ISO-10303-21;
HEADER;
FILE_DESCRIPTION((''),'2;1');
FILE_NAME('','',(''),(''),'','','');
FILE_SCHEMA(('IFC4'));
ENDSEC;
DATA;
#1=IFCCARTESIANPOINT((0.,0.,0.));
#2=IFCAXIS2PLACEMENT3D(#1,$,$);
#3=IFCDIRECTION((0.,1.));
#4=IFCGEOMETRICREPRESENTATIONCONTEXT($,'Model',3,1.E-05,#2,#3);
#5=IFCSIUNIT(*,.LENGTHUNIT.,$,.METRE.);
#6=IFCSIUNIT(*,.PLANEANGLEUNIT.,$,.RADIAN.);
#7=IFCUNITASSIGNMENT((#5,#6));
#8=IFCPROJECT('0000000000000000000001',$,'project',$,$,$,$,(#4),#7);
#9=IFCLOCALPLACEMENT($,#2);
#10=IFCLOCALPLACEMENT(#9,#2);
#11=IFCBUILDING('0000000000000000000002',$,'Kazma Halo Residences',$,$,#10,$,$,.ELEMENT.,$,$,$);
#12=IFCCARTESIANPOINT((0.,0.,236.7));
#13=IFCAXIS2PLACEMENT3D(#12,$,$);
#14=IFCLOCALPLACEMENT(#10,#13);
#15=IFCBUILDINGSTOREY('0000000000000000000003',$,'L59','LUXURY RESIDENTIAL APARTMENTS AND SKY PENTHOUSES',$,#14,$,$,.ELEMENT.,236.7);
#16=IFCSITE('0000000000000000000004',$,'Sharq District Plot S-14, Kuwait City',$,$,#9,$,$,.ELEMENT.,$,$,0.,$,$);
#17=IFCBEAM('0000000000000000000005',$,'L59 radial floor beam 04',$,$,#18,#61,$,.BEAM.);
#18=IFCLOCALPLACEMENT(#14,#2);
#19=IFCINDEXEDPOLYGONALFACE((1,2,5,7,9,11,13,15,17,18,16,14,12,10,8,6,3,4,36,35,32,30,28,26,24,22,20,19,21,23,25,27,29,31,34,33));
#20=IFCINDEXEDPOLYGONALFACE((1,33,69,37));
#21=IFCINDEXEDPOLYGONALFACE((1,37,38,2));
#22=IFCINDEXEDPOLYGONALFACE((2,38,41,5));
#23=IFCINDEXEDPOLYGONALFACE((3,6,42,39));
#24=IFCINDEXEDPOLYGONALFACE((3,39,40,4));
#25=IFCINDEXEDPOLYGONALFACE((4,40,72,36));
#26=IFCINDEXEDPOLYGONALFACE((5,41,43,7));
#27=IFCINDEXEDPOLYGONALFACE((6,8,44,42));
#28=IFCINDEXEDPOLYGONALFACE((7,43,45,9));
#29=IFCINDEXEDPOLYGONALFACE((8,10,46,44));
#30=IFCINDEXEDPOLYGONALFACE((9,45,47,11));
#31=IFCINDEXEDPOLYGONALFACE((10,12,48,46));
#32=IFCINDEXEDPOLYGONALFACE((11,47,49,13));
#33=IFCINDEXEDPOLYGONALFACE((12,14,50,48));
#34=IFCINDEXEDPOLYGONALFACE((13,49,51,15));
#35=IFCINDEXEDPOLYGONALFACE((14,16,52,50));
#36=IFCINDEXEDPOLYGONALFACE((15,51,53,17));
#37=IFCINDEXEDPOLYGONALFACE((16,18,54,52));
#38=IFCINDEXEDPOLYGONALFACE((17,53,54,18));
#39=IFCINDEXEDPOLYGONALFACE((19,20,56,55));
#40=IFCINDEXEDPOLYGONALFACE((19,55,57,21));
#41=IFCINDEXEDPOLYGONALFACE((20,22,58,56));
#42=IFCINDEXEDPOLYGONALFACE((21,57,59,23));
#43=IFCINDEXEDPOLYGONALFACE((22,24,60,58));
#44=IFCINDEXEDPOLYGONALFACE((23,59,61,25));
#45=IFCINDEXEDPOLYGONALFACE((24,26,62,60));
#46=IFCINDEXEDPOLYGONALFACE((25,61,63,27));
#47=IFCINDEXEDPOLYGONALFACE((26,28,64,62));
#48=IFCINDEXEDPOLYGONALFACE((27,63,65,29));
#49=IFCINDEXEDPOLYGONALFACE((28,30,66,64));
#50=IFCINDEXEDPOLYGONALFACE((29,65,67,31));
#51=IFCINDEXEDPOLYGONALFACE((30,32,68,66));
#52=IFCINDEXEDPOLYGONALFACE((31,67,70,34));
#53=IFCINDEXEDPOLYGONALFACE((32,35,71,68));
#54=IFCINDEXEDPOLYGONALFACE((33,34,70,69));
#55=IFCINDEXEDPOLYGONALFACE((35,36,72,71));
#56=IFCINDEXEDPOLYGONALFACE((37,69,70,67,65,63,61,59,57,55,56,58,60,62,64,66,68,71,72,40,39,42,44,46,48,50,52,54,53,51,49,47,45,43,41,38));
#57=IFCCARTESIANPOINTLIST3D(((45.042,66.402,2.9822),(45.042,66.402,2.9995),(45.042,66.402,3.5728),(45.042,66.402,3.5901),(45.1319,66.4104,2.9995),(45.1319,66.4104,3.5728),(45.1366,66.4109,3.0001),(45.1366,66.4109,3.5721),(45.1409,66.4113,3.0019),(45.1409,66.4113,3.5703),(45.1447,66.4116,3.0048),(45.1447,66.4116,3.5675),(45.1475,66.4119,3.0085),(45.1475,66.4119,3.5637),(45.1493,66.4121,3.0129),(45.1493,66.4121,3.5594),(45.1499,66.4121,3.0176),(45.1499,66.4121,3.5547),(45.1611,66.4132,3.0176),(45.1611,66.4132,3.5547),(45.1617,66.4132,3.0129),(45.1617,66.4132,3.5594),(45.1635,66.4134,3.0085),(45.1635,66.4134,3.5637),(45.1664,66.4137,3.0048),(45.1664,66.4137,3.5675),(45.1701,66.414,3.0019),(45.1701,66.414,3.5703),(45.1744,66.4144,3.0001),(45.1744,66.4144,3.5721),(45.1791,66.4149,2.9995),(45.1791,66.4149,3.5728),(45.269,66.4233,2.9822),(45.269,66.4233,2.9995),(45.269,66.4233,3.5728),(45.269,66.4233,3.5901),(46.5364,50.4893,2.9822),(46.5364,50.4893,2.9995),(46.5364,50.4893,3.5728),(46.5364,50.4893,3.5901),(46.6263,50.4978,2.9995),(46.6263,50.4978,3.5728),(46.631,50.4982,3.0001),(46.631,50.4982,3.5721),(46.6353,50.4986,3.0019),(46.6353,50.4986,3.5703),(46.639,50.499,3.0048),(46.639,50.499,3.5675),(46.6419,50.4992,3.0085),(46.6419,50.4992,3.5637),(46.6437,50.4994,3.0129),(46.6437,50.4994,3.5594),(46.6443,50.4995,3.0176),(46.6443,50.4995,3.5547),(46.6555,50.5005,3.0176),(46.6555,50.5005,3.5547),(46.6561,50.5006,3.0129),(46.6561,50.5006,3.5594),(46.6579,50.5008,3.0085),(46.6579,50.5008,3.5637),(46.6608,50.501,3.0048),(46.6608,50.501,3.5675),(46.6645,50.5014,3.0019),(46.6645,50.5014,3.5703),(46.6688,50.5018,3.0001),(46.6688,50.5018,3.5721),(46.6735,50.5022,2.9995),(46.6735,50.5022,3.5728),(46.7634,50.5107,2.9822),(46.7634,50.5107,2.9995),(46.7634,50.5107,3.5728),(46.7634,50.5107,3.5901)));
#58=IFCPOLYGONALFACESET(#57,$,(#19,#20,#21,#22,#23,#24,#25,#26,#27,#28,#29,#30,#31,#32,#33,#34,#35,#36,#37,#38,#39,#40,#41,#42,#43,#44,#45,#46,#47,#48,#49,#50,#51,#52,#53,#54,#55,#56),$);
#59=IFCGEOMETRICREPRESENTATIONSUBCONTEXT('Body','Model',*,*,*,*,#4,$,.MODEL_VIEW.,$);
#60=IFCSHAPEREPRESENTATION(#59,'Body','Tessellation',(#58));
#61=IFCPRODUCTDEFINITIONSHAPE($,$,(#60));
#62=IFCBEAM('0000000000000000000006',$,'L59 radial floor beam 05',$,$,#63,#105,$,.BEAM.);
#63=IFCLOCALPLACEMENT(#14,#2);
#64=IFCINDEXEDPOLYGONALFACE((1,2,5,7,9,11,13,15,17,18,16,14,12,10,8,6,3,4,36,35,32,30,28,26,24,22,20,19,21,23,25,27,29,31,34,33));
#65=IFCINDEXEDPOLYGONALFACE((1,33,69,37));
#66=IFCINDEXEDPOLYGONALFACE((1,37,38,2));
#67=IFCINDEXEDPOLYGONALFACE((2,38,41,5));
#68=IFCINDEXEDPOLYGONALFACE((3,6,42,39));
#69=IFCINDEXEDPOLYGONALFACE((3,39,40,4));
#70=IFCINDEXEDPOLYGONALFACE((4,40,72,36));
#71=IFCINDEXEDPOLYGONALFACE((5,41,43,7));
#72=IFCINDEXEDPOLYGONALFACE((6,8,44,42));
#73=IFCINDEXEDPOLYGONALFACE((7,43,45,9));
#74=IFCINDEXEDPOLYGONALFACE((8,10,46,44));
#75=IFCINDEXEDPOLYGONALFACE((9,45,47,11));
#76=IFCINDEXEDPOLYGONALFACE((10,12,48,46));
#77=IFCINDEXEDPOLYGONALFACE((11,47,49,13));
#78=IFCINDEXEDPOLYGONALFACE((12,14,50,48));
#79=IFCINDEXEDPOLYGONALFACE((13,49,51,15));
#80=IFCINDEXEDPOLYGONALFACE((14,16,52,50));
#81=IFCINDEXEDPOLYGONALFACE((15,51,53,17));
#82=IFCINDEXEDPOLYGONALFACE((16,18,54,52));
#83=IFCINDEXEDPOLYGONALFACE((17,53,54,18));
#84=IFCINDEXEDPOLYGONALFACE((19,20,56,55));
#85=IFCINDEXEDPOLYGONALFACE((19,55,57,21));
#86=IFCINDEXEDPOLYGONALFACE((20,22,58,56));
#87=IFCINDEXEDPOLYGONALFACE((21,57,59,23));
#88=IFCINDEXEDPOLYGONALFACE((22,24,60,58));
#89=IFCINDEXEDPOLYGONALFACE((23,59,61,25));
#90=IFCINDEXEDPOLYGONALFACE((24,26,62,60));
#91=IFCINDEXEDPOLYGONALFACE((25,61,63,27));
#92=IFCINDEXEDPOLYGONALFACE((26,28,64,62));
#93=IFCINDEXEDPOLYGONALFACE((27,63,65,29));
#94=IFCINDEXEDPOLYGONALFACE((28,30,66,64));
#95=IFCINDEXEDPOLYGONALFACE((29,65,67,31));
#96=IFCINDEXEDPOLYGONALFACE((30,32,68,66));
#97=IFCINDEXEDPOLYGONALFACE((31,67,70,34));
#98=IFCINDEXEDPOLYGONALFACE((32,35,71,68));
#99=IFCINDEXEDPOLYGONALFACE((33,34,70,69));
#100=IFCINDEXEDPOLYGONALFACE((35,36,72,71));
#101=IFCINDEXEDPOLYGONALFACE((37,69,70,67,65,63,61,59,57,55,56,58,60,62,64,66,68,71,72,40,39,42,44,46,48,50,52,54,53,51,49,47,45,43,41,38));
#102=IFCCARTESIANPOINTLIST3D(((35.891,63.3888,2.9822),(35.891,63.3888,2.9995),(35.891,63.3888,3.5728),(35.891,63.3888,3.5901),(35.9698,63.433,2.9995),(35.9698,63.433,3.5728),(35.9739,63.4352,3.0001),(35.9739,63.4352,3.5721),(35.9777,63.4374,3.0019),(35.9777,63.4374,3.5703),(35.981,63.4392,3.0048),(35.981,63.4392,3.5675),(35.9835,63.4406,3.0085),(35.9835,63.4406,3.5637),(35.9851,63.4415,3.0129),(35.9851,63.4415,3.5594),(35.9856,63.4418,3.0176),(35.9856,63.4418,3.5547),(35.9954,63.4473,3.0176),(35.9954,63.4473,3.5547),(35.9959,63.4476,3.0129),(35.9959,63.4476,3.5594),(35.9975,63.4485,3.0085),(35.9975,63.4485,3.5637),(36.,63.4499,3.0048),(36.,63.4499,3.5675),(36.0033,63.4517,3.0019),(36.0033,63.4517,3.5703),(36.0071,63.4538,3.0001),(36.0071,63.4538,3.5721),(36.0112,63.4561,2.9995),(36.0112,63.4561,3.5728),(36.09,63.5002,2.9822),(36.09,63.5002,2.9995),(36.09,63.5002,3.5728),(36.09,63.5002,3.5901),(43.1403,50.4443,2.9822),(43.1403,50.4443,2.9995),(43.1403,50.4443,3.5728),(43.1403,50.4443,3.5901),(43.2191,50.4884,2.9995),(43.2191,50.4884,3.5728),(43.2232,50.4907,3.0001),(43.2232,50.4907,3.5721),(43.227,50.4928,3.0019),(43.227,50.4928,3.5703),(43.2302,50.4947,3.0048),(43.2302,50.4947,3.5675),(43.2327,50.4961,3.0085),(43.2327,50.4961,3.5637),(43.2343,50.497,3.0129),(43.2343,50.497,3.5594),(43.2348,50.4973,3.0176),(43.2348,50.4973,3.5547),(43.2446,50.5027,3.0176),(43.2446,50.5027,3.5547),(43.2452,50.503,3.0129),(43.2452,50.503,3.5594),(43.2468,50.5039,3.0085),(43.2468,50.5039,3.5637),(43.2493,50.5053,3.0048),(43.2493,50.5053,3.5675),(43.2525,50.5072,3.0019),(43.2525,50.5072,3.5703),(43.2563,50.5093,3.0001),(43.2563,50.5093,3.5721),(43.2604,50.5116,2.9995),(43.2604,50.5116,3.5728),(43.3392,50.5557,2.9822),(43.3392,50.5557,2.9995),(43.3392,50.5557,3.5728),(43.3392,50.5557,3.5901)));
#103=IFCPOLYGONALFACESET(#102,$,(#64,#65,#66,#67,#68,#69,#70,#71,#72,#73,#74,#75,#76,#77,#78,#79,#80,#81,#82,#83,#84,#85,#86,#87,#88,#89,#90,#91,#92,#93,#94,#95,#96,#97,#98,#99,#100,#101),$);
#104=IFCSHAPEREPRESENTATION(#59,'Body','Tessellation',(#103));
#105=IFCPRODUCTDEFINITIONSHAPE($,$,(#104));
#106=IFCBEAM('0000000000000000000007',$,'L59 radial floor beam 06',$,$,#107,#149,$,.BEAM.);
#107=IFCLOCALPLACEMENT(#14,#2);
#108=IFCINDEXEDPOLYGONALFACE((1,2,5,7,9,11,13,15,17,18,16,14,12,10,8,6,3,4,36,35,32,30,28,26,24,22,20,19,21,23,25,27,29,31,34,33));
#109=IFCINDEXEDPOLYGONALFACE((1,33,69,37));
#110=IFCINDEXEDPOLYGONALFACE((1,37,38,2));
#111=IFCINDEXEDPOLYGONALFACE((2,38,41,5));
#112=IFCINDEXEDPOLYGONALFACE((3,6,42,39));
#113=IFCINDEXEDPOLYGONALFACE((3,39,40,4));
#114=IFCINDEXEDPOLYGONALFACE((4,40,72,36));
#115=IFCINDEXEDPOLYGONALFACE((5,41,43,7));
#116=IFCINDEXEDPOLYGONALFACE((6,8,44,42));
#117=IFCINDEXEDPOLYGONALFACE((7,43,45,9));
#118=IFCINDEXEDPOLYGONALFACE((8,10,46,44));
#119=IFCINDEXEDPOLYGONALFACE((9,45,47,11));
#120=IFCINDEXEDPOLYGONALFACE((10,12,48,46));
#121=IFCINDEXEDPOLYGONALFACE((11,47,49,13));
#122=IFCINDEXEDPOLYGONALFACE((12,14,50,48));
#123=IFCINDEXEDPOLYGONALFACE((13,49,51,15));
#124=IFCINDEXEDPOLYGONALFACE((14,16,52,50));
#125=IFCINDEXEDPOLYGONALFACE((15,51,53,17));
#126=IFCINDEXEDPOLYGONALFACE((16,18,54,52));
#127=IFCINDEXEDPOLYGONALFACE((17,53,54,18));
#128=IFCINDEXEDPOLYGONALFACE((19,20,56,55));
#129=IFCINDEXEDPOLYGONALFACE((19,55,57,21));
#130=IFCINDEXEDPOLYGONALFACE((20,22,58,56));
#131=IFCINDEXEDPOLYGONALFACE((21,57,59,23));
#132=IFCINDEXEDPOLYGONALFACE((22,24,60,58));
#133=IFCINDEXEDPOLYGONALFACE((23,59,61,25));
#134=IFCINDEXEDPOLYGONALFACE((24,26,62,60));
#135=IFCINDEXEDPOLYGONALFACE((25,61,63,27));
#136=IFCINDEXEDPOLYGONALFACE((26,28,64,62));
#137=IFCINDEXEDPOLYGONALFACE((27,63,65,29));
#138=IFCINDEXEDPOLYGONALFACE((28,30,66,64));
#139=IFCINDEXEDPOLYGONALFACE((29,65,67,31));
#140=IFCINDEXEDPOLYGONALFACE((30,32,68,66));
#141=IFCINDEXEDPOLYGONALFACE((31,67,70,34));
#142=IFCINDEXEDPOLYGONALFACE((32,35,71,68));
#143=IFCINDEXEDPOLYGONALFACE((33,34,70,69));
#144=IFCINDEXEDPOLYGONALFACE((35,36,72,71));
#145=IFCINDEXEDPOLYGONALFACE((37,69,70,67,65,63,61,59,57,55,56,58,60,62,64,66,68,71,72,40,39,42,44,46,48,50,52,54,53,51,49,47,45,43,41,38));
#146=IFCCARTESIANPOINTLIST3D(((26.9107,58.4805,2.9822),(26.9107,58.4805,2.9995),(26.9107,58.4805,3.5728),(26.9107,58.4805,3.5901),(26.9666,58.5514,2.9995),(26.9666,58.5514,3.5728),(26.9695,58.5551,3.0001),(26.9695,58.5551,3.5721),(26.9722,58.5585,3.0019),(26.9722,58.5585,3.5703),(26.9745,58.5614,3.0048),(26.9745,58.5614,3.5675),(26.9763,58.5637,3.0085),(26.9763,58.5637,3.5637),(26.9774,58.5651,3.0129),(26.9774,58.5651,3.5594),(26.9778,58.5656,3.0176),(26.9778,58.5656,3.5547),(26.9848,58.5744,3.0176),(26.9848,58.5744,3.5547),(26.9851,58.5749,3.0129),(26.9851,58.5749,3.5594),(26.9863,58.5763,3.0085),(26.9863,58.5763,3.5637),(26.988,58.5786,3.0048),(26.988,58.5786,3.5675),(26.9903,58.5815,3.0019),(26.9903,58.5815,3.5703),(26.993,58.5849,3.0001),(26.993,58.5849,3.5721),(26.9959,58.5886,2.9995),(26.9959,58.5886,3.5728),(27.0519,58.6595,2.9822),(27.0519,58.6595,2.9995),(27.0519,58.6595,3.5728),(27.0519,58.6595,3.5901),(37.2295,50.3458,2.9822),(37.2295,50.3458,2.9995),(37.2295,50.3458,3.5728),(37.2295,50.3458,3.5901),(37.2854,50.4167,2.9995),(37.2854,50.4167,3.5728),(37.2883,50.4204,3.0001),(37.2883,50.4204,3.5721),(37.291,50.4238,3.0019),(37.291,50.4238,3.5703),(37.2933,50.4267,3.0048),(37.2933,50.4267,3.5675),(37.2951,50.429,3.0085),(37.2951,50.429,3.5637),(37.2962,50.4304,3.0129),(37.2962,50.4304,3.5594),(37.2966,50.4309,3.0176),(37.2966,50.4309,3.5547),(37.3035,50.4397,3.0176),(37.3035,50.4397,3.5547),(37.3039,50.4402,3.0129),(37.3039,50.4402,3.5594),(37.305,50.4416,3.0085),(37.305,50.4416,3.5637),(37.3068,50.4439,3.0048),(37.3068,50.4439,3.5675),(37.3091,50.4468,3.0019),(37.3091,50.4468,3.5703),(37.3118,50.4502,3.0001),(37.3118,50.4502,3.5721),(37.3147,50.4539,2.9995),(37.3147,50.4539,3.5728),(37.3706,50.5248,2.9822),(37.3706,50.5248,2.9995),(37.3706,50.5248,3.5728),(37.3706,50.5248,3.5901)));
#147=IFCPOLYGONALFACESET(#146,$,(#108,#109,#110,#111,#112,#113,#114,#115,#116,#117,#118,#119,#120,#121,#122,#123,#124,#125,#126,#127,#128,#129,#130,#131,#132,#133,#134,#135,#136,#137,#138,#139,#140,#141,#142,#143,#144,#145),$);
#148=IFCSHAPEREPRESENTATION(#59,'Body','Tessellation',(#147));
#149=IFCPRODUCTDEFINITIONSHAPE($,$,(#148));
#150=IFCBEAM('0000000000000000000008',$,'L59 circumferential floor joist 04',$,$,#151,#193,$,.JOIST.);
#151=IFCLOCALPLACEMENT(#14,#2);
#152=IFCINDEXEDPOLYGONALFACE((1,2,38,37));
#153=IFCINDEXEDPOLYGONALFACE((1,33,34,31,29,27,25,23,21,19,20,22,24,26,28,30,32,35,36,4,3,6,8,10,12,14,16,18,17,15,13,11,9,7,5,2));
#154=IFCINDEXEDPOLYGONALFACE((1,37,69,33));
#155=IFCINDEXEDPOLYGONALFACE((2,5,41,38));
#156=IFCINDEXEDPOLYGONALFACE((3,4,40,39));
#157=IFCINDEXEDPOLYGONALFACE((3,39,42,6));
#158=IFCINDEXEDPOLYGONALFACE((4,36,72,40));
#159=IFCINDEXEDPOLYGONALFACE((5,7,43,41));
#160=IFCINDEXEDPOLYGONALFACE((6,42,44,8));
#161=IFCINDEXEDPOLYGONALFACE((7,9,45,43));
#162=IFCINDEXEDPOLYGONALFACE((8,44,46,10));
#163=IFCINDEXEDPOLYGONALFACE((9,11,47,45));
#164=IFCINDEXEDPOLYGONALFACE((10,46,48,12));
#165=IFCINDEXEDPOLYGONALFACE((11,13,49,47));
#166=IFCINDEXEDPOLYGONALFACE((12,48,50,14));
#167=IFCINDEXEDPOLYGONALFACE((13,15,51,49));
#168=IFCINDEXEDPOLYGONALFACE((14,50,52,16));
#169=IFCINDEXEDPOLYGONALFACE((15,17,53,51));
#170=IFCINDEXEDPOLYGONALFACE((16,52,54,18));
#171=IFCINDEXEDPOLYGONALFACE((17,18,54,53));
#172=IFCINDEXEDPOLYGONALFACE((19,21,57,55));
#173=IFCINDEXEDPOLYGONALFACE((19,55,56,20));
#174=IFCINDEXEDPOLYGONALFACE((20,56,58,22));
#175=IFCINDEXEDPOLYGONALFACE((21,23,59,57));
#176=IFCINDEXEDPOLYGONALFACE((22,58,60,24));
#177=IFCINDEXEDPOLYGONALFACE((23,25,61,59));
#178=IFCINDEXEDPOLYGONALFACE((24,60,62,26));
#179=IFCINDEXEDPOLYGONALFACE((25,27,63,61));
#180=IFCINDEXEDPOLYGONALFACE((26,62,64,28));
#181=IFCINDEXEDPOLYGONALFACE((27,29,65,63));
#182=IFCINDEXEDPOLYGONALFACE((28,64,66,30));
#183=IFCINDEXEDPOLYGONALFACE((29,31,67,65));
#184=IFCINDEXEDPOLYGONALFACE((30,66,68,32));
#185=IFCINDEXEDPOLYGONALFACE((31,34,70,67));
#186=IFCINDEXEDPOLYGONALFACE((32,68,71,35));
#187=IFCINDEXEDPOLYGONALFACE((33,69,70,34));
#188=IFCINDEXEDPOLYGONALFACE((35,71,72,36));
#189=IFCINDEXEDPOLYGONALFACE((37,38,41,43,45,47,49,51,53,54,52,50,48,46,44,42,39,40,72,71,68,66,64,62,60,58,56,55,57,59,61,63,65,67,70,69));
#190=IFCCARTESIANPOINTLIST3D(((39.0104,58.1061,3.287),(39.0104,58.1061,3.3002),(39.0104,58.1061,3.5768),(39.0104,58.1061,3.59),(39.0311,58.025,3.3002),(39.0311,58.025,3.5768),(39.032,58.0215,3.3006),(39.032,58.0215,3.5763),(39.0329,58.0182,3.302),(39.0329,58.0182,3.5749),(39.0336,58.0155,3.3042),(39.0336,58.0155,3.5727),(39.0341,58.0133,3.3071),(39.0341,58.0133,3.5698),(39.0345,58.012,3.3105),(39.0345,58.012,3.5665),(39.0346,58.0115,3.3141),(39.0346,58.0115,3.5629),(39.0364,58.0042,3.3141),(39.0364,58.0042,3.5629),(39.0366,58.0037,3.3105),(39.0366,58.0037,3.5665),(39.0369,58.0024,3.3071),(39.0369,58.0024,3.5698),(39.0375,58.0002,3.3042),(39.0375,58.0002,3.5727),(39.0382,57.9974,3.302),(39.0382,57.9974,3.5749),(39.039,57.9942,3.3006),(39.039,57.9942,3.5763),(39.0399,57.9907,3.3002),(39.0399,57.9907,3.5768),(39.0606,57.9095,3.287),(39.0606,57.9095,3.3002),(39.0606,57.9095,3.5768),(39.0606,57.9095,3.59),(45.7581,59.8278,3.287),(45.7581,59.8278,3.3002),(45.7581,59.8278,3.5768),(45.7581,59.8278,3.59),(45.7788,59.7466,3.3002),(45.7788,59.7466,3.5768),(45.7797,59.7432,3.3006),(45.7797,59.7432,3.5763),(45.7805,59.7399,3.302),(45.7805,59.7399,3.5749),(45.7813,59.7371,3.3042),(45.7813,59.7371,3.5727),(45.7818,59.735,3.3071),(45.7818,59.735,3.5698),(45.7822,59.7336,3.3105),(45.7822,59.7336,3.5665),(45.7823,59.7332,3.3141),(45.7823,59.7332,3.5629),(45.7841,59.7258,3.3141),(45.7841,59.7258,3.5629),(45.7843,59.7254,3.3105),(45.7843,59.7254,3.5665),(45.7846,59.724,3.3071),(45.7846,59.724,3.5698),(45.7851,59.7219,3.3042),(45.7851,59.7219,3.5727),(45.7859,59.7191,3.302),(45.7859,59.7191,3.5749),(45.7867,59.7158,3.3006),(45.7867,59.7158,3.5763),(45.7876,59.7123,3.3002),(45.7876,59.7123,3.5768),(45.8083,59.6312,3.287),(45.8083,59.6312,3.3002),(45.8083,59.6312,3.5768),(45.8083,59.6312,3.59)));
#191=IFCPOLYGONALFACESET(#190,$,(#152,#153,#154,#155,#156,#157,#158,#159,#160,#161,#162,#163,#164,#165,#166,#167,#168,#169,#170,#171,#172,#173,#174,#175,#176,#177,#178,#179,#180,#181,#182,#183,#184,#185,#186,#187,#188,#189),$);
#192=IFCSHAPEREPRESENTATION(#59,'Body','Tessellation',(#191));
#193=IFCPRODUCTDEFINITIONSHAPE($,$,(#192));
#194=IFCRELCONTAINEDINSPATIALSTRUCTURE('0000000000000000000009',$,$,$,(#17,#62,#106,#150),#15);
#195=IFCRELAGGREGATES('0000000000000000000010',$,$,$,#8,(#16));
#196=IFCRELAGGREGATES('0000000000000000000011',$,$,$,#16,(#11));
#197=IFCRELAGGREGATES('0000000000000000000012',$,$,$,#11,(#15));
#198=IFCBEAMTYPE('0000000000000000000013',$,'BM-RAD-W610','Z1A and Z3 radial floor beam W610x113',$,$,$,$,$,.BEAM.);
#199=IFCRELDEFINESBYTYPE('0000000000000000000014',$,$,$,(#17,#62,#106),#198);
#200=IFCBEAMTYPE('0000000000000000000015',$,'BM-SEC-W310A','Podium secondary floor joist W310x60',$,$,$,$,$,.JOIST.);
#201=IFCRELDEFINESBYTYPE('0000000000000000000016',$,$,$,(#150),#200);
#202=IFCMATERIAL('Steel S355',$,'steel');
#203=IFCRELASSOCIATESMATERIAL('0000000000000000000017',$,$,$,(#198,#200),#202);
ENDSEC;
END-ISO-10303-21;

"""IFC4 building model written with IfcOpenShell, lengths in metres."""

from ifc_helpers import new_model, si_unit, direction, frame, origin, origin_2d, place, context, subcontext, project, spatial, i_section, extrude, material, material_profile, profile_set, type_object, element, save


model = new_model("IFC4")

# Units and contexts
model_context = context("Model", 3, precision=1e-05, world=origin(), true_north=direction((0.0, 1.0)))
body_context = subcontext(model_context, "Body", "Model", "MODEL_VIEW")
ifc_project = project(units=[si_unit("LENGTHUNIT", "METRE"), si_unit("PLANEANGLEUNIT", "RADIAN")], contexts=[model_context])

# Site, building, storey
site_placement = place(None, origin())
site = spatial("IfcSite", under=ifc_project, at=site_placement, Name="Sharq District Plot S-14, Kuwait City", CompositionType="ELEMENT", RefElevation=0.0)
building_placement = place(site_placement, origin())
building = spatial("IfcBuilding", under=site, at=building_placement, Name="Kazma Halo Residences", CompositionType="ELEMENT")
storey_placement = place(building_placement, frame((0.0, 0.0, 236.7)))
storey = spatial("IfcBuildingStorey", under=building, at=storey_placement, Name="L59", Description="LUXURY RESIDENTIAL APARTMENTS AND SKY PENTHOUSES", CompositionType="ELEMENT", Elevation=236.7)

# Beams
ifc_material_1 = material(Name="Steel S355", Category="steel")
ifc_material_profile_1 = material_profile(ifc_material_1, i_section(OverallWidth=0.228, OverallDepth=0.6079, WebThickness=0.0112, FlangeThickness=0.0173, FilletRadius=0.0181, at=origin_2d()), Name="W610x113")
ifc_profile_set_1 = profile_set([ifc_material_profile_1], Name="Steel S355")
beam_type_1 = type_object("IfcBeamType", Name="BM-RAD-W610", Description="Z1A and Z3 radial floor beam W610x113", PredefinedType="BEAM", material=ifc_profile_set_1)
beam_1_placement = place(storey_placement, frame((46.6499, 50.5, 3.2861), z_axis=(-0.093501, 0.995619, 0.0), x_axis=(-0.995619, -0.093501, 0.0)))
element("IfcBeam", 1, at=beam_1_placement, inside=storey, type_object=beam_type_1, Name="L59 radial floor beam 04", PredefinedType="BEAM", context=body_context, shape_type="SweptSolid", body=[
    extrude(i_section(OverallWidth=0.228, OverallDepth=0.6079, WebThickness=0.0112, FlangeThickness=0.0173, FilletRadius=0.0181, at=origin_2d()), origin(), (0.0, 0.0, 1.0), 15.9827),
])
beam_2_placement = place(storey_placement, frame((43.2397, 50.5, 3.2861), z_axis=(-0.488619, 0.872497, 0.0), x_axis=(-0.872497, -0.488619, 0.0)))
element("IfcBeam", 2, at=beam_2_placement, inside=storey, type_object=beam_type_1, Name="L59 radial floor beam 05", PredefinedType="BEAM", context=body_context, shape_type="SweptSolid", body=[
    extrude(i_section(OverallWidth=0.228, OverallDepth=0.6079, WebThickness=0.0112, FlangeThickness=0.0173, FilletRadius=0.0181, at=origin_2d()), origin(), (0.0, 0.0, 1.0), 14.8362),
])
beam_3_placement = place(storey_placement, frame((37.3, 50.4353, 3.2861), z_axis=(-0.785315, 0.619096, 0.0), x_axis=(-0.619096, -0.785315, 0.0)))
element("IfcBeam", 3, at=beam_3_placement, inside=storey, type_object=beam_type_1, Name="L59 radial floor beam 06", PredefinedType="BEAM", context=body_context, shape_type="SweptSolid", body=[
    extrude(i_section(OverallWidth=0.228, OverallDepth=0.6079, WebThickness=0.0112, FlangeThickness=0.0173, FilletRadius=0.0181, at=origin_2d()), origin(), (0.0, 0.0, 1.0), 13.1396),
])
ifc_material_profile_2 = material_profile(ifc_material_1, i_section(OverallWidth=0.2029, OverallDepth=0.303, WebThickness=0.0076, FlangeThickness=0.0132, FilletRadius=0.0139, at=origin_2d()), Name="W310x60")
ifc_profile_set_2 = profile_set([ifc_material_profile_2], Name="Steel S355")
beam_type_2 = type_object("IfcBeamType", Name="BM-SEC-W310A", Description="Podium secondary floor joist W310x60", PredefinedType="JOIST", material=ifc_profile_set_2)
beam_4_placement = place(storey_placement, frame((45.7832, 59.7295, 3.4385), z_axis=(-0.968958, -0.247226, 0.0), x_axis=(0.247226, -0.968958, 0.0)))
element("IfcBeam", 4, at=beam_4_placement, inside=storey, type_object=beam_type_2, Name="L59 circumferential floor joist 04", PredefinedType="JOIST", context=body_context, shape_type="SweptSolid", body=[
    extrude(i_section(OverallWidth=0.2029, OverallDepth=0.303, WebThickness=0.0076, FlangeThickness=0.0132, FilletRadius=0.0139, at=origin_2d()), origin(), (0.0, 0.0, 1.0), 6.9639),
])

save(model, "model.ifc")
